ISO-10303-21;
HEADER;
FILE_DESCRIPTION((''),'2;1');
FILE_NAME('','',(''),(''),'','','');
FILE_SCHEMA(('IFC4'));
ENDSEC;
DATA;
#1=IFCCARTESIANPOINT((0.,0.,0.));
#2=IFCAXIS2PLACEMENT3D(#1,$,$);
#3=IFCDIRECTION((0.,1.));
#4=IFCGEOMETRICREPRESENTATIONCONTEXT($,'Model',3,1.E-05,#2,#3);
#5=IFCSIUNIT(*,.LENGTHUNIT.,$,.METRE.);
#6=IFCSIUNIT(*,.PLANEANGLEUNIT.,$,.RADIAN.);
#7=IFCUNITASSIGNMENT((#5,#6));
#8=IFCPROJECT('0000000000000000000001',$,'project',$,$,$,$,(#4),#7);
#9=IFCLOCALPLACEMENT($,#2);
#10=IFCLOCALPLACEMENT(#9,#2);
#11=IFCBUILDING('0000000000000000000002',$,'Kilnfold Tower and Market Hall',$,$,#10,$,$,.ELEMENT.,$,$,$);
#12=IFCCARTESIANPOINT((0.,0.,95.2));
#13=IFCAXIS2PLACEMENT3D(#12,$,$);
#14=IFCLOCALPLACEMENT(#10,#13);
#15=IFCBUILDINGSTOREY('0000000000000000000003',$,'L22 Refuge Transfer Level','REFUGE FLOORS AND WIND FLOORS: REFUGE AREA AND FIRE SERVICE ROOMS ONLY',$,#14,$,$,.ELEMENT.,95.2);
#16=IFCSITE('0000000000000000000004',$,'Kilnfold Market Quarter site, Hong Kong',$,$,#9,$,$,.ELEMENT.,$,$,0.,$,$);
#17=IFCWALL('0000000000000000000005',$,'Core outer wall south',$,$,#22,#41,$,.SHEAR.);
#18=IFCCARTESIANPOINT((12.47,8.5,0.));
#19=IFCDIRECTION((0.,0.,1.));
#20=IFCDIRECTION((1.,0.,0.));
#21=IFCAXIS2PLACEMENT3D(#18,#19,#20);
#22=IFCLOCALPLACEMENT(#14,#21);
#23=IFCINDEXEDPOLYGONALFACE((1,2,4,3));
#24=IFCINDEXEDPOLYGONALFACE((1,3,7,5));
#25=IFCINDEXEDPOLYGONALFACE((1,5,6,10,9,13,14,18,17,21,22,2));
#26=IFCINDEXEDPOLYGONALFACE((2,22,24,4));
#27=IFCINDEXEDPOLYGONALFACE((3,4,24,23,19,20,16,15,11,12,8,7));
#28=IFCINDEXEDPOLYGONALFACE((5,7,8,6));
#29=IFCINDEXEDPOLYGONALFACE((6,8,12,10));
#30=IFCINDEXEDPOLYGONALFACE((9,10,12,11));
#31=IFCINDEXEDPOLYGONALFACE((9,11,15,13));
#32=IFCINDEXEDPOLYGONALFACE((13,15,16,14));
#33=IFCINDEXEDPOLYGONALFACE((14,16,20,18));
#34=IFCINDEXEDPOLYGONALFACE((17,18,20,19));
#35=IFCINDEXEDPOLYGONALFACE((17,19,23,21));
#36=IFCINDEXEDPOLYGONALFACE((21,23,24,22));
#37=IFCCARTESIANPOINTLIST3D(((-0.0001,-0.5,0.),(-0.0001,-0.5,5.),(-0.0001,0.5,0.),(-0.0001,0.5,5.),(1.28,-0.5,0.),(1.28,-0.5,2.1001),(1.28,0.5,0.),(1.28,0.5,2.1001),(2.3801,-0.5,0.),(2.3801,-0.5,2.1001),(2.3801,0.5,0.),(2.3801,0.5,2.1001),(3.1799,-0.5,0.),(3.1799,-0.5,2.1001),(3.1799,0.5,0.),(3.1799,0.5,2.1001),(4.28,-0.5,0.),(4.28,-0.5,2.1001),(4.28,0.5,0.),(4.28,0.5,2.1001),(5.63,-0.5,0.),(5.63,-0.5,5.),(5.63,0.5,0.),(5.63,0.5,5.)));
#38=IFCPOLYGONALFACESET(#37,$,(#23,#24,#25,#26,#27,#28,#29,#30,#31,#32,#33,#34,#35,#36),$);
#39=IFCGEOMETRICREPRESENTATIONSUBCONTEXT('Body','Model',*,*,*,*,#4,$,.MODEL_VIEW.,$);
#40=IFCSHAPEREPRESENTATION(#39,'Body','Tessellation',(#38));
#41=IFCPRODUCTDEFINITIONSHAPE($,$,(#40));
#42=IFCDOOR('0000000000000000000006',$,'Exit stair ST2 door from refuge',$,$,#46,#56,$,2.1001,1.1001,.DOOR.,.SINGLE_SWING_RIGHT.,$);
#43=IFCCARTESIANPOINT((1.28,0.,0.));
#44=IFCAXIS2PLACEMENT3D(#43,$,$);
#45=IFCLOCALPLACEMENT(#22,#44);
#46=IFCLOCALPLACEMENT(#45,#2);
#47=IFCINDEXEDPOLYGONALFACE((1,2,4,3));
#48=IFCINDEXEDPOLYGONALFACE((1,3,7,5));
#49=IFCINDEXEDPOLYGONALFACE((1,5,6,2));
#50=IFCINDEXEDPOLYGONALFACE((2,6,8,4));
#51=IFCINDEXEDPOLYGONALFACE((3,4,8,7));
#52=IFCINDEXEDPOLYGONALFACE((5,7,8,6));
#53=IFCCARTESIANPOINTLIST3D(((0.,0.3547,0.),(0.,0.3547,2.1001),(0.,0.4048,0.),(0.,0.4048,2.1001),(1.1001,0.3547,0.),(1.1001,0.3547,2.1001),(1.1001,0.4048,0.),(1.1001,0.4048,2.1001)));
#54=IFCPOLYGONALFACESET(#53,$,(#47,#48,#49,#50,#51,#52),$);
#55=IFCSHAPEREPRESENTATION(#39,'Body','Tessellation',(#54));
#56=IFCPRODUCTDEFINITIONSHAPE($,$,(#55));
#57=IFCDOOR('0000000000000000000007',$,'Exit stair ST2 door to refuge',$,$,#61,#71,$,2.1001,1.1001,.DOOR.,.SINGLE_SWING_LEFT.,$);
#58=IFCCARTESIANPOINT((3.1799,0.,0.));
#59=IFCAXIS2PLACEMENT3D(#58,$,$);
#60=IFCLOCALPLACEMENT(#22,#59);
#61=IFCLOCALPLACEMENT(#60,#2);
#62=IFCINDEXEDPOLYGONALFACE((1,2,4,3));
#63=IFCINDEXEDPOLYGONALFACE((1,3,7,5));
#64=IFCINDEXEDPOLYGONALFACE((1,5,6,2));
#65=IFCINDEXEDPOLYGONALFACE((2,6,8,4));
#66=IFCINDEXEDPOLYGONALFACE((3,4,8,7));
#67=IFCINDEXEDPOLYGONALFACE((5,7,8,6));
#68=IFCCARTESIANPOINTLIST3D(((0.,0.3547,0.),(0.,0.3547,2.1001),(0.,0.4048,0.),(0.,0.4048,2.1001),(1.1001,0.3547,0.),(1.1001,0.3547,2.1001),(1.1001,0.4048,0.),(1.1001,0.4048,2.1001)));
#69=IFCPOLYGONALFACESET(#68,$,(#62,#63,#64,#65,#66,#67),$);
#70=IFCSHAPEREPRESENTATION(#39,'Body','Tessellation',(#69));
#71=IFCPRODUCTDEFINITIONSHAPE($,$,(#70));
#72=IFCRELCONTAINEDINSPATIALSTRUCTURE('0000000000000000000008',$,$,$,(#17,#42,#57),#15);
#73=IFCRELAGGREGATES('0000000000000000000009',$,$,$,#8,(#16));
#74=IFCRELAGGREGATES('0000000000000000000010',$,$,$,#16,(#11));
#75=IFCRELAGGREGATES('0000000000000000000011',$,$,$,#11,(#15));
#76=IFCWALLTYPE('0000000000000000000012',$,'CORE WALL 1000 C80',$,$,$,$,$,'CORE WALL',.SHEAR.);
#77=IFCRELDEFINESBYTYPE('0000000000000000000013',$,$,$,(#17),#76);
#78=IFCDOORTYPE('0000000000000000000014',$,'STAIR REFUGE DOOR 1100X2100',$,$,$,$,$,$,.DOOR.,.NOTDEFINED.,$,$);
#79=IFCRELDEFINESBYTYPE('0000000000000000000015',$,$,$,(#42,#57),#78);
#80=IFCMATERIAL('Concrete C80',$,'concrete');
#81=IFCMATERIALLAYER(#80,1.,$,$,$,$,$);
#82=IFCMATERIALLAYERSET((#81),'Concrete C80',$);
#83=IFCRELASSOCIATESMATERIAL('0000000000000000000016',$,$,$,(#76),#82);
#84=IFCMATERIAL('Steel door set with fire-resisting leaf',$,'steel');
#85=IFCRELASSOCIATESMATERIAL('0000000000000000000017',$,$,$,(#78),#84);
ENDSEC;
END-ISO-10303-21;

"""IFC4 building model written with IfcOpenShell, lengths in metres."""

from ifc_helpers import new_model, si_unit, direction, frame, frame_2d, origin, place, context, subcontext, project, spatial, rectangle, extrude, source, transform, mapped, material, layer, layer_set, type_object, element, fill, save


model = new_model("IFC4")

# Units and contexts
model_context = context("Model", 3, precision=1e-05, world=origin(), true_north=direction((0.0, 1.0)))
body_context = subcontext(model_context, "Body", "Model", "MODEL_VIEW")
ifc_project = project(units=[si_unit("LENGTHUNIT", "METRE"), si_unit("PLANEANGLEUNIT", "RADIAN")], contexts=[model_context])

# Site, building, storey
site_placement = place(None, origin())
site = spatial("IfcSite", under=ifc_project, at=site_placement, Name="Kilnfold Market Quarter site, Hong Kong", CompositionType="ELEMENT", RefElevation=0.0)
building_placement = place(site_placement, origin())
building = spatial("IfcBuilding", under=site, at=building_placement, Name="Kilnfold Tower and Market Hall", CompositionType="ELEMENT")
storey_placement = place(building_placement, frame((0.0, 0.0, 95.2)))
storey = spatial("IfcBuildingStorey", under=building, at=storey_placement, Name="L22 Refuge Transfer Level", Description="REFUGE FLOORS AND WIND FLOORS: REFUGE AREA AND FIRE SERVICE ROOMS ONLY", CompositionType="ELEMENT", Elevation=95.2)

# Shared definitions
ifc_material_1 = material(Name="Concrete C80", Category="concrete")
ifc_layer_1 = layer(ifc_material_1, 1.0)
ifc_layer_set_1 = layer_set([ifc_layer_1], Name="Concrete C80")
wall_type_1 = type_object("IfcWallType", Name="CORE WALL 1000 C80", ElementType="CORE WALL", PredefinedType="SHEAR", material=ifc_layer_set_1)

# Wall, openings, doors
shared_shape_1 = source(origin(), body_context, "Body", "SweptSolid", [
    extrude(rectangle(XDim=5.6301, YDim=1.0, at=frame_2d((2.8149, 0.0))), origin(), (0.0, 0.0, 1.0), 5.0),
])
wall_1_placement = place(storey_placement, frame((12.47, 8.5, 0.0), z_axis=(0.0, 0.0, 1.0), x_axis=(1.0, 0.0, 0.0)))
wall_1 = element("IfcWall", 1, at=wall_1_placement, inside=storey, type_object=wall_type_1, Name="Core outer wall south", PredefinedType="SHEAR", context=body_context, shape_type="MappedRepresentation", body=[
    mapped(shared_shape_1, transform((0.0, 0.0, 0.0))),
])
opening_1_placement = place(wall_1_placement, frame((1.28, 0.0, 0.0)))
opening_1 = element("IfcOpeningElement", 2, at=opening_1_placement, cuts=wall_1, PredefinedType="OPENING", context=body_context, shape_type="SweptSolid", body=[
    extrude(rectangle(XDim=1.1001, YDim=2.1001, at=frame_2d((0.55, 1.05))), frame((0.0, 0.51, 0.0), z_axis=(0.0, -1.0, 0.0), x_axis=(1.0, 0.0, 0.0)), (0.0, 0.0, 1.0), 1.02),
])
opening_2_placement = place(wall_1_placement, frame((3.1799, 0.0, 0.0)))
opening_2 = element("IfcOpeningElement", 3, at=opening_2_placement, cuts=wall_1, PredefinedType="OPENING", context=body_context, shape_type="SweptSolid", body=[
    extrude(rectangle(XDim=1.1001, YDim=2.1001, at=frame_2d((0.55, 1.05))), frame((0.0, 0.51, 0.0), z_axis=(0.0, -1.0, 0.0), x_axis=(1.0, 0.0, 0.0)), (0.0, 0.0, 1.0), 1.02),
])
ifc_material_2 = material(Name="Steel door set with fire-resisting leaf", Category="steel")
door_type_1 = type_object("IfcDoorType", Name="STAIR REFUGE DOOR 1100X2100", OperationType="NOTDEFINED", PredefinedType="DOOR", material=ifc_material_2)
door_1_placement = place(opening_1_placement, origin())
door_1 = element("IfcDoor", 4, at=door_1_placement, inside=storey, type_object=door_type_1, Name="Exit stair ST2 door from refuge", OperationType="SINGLE_SWING_RIGHT", OverallHeight=2.1001, OverallWidth=1.1001, PredefinedType="DOOR", context=body_context, shape_type="SweptSolid", body=[
    extrude(rectangle(XDim=1.1001, YDim=2.1001, at=frame_2d((0.55, 1.05))), frame((0.0, 0.4048, 0.0), z_axis=(0.0, -1.0, 0.0), x_axis=(1.0, 0.0, 0.0)), (0.0, 0.0, 1.0), 0.05),
])
fill(opening_1, door_1)
door_2_placement = place(opening_2_placement, origin())
door_2 = element("IfcDoor", 5, at=door_2_placement, inside=storey, type_object=door_type_1, Name="Exit stair ST2 door to refuge", OperationType="SINGLE_SWING_LEFT", OverallHeight=2.1001, OverallWidth=1.1001, PredefinedType="DOOR", context=body_context, shape_type="SweptSolid", body=[
    extrude(rectangle(XDim=1.1001, YDim=2.1001, at=frame_2d((0.55, 1.05))), frame((0.0, 0.4048, 0.0), z_axis=(0.0, -1.0, 0.0), x_axis=(1.0, 0.0, 0.0)), (0.0, 0.0, 1.0), 0.05),
])
fill(opening_2, door_2)

save(model, "model.ifc")
